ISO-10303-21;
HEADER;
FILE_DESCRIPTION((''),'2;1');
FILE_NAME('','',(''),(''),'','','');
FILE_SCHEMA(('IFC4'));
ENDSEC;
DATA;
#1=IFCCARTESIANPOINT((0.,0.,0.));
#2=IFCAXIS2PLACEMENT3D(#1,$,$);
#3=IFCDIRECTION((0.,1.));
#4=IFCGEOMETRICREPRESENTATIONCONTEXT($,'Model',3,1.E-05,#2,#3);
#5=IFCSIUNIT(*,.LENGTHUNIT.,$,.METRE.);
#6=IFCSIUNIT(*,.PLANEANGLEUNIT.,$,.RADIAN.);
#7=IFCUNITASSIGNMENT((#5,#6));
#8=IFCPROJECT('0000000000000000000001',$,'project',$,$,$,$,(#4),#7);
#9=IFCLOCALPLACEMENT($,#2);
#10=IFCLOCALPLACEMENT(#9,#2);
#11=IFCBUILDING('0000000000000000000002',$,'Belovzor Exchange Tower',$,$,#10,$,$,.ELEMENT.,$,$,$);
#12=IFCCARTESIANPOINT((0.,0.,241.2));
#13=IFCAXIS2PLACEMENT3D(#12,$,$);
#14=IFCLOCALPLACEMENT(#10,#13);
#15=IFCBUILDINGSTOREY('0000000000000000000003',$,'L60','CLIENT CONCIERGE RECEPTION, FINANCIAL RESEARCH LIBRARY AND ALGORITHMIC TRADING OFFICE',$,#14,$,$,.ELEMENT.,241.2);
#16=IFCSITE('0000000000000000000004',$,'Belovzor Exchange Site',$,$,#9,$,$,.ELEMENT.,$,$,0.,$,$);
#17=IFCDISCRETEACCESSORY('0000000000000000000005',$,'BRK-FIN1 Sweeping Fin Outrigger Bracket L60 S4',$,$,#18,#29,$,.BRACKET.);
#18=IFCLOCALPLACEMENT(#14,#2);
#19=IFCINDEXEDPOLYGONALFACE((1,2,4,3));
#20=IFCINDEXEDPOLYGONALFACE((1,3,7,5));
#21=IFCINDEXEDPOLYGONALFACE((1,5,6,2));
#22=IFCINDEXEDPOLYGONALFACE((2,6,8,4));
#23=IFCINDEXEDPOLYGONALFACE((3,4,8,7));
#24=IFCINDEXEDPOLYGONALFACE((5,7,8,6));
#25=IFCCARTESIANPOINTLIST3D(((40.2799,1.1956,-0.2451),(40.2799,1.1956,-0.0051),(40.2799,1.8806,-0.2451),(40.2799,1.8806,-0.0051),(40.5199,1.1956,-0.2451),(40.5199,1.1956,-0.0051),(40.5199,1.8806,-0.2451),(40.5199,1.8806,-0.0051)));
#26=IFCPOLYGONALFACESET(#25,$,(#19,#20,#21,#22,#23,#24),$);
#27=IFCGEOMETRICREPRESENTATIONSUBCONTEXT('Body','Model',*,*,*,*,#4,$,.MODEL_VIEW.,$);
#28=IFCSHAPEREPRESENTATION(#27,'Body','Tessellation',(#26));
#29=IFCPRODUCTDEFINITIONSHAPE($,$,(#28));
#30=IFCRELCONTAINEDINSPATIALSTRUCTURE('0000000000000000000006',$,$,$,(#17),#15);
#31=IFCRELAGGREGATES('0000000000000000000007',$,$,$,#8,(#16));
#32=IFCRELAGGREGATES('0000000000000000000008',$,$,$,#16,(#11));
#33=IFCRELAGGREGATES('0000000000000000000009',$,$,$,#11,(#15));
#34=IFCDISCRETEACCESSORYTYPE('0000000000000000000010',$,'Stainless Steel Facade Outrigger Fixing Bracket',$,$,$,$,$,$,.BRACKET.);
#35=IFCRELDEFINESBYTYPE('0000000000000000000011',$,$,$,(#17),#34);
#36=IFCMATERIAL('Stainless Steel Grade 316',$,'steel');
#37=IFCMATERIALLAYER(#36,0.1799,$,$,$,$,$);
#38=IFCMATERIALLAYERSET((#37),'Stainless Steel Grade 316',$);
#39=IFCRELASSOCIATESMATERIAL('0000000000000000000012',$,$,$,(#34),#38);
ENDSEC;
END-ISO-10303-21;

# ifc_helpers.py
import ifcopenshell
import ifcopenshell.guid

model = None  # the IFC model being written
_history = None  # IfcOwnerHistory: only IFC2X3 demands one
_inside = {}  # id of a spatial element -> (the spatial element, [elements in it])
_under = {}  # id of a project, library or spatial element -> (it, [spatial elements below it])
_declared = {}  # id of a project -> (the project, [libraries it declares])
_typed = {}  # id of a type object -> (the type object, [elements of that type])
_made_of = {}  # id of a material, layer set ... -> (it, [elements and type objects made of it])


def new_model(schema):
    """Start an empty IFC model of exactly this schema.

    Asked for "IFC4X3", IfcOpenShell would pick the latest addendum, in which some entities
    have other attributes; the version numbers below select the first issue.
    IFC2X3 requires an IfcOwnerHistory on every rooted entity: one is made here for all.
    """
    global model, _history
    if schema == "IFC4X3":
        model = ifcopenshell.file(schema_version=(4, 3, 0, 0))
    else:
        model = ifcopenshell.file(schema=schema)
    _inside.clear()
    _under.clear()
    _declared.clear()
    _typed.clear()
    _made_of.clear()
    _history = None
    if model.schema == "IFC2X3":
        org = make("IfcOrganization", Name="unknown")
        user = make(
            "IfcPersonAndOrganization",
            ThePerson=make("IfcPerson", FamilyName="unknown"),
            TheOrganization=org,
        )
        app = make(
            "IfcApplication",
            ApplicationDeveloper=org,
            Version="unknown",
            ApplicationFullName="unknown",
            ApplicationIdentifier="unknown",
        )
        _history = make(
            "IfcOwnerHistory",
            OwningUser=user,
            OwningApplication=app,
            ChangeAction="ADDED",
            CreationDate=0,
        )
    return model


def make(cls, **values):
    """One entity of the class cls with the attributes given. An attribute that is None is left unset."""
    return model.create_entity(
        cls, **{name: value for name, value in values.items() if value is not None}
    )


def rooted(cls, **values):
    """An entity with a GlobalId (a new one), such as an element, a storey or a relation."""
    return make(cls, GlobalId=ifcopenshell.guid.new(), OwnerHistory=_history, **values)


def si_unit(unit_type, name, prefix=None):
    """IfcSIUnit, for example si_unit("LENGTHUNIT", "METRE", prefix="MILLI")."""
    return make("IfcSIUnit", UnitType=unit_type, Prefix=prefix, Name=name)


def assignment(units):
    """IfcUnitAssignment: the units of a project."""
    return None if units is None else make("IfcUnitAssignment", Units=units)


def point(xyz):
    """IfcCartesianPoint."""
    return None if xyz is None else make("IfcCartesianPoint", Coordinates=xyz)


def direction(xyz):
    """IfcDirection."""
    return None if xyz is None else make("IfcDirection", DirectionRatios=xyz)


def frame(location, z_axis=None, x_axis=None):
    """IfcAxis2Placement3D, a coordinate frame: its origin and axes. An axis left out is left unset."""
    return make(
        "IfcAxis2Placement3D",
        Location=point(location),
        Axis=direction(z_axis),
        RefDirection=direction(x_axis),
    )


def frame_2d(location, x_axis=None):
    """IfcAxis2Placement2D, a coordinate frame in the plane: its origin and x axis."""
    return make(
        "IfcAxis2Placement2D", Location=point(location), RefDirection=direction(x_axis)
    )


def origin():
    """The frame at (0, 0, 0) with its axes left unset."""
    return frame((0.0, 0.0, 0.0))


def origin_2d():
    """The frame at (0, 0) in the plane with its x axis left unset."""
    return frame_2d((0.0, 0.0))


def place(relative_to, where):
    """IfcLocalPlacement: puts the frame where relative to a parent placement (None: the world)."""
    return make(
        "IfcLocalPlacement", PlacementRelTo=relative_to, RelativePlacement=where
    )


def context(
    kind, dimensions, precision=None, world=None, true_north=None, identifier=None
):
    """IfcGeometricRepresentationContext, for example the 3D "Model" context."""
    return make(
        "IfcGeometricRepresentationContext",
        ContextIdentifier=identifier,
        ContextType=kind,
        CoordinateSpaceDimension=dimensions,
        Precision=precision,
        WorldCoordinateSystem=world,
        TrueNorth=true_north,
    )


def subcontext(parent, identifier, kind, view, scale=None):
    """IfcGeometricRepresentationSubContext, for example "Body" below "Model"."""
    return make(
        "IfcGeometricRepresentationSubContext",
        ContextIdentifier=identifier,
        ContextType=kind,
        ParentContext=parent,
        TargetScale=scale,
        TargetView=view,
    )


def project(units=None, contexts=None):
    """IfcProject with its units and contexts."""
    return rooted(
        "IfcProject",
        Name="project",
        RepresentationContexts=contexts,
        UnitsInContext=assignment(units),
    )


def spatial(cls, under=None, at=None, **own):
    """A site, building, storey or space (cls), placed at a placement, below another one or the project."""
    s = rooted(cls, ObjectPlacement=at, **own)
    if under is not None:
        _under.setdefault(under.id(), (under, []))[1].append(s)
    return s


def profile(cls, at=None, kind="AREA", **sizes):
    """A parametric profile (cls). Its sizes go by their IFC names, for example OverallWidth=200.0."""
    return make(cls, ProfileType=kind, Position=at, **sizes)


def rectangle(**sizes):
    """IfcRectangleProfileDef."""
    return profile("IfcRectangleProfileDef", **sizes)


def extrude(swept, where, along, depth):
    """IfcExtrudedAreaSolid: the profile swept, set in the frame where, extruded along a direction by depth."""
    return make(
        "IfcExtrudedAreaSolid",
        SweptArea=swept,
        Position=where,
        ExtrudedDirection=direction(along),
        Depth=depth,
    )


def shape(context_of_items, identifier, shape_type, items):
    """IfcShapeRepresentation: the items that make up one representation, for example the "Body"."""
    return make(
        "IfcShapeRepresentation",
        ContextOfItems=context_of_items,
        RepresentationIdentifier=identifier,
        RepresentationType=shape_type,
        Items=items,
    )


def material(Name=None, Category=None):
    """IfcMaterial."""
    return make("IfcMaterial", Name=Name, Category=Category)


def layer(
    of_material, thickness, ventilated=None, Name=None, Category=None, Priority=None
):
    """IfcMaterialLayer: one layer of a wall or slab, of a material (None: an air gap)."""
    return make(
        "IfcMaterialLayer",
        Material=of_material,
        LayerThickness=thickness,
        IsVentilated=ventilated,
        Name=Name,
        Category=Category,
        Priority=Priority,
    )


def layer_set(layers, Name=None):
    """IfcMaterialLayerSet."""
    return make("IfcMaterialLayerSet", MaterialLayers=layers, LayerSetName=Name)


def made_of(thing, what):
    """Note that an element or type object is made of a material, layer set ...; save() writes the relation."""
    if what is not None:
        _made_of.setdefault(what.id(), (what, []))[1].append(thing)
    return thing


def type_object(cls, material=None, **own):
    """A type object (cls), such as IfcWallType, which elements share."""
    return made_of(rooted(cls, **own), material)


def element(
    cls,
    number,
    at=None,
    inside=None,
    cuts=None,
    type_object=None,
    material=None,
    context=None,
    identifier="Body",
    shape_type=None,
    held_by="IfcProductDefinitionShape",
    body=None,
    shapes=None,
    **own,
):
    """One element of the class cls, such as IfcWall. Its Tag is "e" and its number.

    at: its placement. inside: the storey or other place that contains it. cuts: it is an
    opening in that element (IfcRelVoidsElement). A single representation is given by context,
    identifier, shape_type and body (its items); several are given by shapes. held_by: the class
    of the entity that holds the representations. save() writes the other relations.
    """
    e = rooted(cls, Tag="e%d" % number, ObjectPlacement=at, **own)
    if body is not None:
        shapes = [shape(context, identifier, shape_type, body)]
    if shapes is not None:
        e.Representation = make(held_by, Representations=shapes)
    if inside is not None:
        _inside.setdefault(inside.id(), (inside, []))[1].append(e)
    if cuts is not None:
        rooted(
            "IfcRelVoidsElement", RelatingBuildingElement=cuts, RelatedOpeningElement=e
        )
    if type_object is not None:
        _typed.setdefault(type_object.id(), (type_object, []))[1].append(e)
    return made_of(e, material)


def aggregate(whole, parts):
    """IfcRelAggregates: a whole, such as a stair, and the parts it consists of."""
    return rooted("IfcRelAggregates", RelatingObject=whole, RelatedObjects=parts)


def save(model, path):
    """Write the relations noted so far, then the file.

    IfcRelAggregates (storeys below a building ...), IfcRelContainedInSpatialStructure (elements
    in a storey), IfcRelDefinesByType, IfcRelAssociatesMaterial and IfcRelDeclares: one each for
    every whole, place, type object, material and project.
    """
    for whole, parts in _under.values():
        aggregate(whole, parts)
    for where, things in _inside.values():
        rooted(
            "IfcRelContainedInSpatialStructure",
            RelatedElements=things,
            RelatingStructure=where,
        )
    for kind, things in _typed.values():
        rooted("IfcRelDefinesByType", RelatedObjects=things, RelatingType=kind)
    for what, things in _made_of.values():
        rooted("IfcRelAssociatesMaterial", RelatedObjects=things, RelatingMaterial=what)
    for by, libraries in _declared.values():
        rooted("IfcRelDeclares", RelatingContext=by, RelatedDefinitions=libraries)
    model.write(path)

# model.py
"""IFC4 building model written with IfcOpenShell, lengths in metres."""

from ifc_helpers import new_model, si_unit, direction, frame, origin, origin_2d, place, context, subcontext, project, spatial, rectangle, extrude, material, layer, layer_set, type_object, element, save


model = new_model("IFC4")

# Units and contexts
model_context = context("Model", 3, precision=1e-05, world=origin(), true_north=direction((0.0, 1.0)))
body_context = subcontext(model_context, "Body", "Model", "MODEL_VIEW")
ifc_project = project(units=[si_unit("LENGTHUNIT", "METRE"), si_unit("PLANEANGLEUNIT", "RADIAN")], contexts=[model_context])

# Site, building, storey
site_placement = place(None, origin())
site = spatial("IfcSite", under=ifc_project, at=site_placement, Name="Belovzor Exchange Site", CompositionType="ELEMENT", RefElevation=0.0)
building_placement = place(site_placement, origin())
building = spatial("IfcBuilding", under=site, at=building_placement, Name="Belovzor Exchange Tower", CompositionType="ELEMENT")
storey_placement = place(building_placement, frame((0.0, 0.0, 241.2)))
storey = spatial("IfcBuildingStorey", under=building, at=storey_placement, Name="L60", Description="CLIENT CONCIERGE RECEPTION, FINANCIAL RESEARCH LIBRARY AND ALGORITHMIC TRADING OFFICE", CompositionType="ELEMENT", Elevation=241.2)

# Discrete accessory
ifc_material_1 = material(Name="Stainless Steel Grade 316", Category="steel")
ifc_layer_1 = layer(ifc_material_1, 0.1799)
ifc_layer_set_1 = layer_set([ifc_layer_1], Name="Stainless Steel Grade 316")
discrete_accessory_type = type_object("IfcDiscreteAccessoryType", Name="Stainless Steel Facade Outrigger Fixing Bracket", PredefinedType="BRACKET", material=ifc_layer_set_1)
discrete_accessory_placement = place(storey_placement, frame((40.3999, 1.5381, -0.2451), z_axis=(0.0, 0.0, 1.0), x_axis=(0.0, 1.0, 0.0)))
element("IfcDiscreteAccessory", 1, at=discrete_accessory_placement, inside=storey, type_object=discrete_accessory_type, Name="BRK-FIN1 Sweeping Fin Outrigger Bracket L60 S4", PredefinedType="BRACKET", context=body_context, shape_type="SweptSolid", body=[
    extrude(rectangle(XDim=0.6851, YDim=0.24, at=origin_2d()), origin(), (0.0, 0.0, 1.0), 0.24),
])

save(model, "model.ifc")
